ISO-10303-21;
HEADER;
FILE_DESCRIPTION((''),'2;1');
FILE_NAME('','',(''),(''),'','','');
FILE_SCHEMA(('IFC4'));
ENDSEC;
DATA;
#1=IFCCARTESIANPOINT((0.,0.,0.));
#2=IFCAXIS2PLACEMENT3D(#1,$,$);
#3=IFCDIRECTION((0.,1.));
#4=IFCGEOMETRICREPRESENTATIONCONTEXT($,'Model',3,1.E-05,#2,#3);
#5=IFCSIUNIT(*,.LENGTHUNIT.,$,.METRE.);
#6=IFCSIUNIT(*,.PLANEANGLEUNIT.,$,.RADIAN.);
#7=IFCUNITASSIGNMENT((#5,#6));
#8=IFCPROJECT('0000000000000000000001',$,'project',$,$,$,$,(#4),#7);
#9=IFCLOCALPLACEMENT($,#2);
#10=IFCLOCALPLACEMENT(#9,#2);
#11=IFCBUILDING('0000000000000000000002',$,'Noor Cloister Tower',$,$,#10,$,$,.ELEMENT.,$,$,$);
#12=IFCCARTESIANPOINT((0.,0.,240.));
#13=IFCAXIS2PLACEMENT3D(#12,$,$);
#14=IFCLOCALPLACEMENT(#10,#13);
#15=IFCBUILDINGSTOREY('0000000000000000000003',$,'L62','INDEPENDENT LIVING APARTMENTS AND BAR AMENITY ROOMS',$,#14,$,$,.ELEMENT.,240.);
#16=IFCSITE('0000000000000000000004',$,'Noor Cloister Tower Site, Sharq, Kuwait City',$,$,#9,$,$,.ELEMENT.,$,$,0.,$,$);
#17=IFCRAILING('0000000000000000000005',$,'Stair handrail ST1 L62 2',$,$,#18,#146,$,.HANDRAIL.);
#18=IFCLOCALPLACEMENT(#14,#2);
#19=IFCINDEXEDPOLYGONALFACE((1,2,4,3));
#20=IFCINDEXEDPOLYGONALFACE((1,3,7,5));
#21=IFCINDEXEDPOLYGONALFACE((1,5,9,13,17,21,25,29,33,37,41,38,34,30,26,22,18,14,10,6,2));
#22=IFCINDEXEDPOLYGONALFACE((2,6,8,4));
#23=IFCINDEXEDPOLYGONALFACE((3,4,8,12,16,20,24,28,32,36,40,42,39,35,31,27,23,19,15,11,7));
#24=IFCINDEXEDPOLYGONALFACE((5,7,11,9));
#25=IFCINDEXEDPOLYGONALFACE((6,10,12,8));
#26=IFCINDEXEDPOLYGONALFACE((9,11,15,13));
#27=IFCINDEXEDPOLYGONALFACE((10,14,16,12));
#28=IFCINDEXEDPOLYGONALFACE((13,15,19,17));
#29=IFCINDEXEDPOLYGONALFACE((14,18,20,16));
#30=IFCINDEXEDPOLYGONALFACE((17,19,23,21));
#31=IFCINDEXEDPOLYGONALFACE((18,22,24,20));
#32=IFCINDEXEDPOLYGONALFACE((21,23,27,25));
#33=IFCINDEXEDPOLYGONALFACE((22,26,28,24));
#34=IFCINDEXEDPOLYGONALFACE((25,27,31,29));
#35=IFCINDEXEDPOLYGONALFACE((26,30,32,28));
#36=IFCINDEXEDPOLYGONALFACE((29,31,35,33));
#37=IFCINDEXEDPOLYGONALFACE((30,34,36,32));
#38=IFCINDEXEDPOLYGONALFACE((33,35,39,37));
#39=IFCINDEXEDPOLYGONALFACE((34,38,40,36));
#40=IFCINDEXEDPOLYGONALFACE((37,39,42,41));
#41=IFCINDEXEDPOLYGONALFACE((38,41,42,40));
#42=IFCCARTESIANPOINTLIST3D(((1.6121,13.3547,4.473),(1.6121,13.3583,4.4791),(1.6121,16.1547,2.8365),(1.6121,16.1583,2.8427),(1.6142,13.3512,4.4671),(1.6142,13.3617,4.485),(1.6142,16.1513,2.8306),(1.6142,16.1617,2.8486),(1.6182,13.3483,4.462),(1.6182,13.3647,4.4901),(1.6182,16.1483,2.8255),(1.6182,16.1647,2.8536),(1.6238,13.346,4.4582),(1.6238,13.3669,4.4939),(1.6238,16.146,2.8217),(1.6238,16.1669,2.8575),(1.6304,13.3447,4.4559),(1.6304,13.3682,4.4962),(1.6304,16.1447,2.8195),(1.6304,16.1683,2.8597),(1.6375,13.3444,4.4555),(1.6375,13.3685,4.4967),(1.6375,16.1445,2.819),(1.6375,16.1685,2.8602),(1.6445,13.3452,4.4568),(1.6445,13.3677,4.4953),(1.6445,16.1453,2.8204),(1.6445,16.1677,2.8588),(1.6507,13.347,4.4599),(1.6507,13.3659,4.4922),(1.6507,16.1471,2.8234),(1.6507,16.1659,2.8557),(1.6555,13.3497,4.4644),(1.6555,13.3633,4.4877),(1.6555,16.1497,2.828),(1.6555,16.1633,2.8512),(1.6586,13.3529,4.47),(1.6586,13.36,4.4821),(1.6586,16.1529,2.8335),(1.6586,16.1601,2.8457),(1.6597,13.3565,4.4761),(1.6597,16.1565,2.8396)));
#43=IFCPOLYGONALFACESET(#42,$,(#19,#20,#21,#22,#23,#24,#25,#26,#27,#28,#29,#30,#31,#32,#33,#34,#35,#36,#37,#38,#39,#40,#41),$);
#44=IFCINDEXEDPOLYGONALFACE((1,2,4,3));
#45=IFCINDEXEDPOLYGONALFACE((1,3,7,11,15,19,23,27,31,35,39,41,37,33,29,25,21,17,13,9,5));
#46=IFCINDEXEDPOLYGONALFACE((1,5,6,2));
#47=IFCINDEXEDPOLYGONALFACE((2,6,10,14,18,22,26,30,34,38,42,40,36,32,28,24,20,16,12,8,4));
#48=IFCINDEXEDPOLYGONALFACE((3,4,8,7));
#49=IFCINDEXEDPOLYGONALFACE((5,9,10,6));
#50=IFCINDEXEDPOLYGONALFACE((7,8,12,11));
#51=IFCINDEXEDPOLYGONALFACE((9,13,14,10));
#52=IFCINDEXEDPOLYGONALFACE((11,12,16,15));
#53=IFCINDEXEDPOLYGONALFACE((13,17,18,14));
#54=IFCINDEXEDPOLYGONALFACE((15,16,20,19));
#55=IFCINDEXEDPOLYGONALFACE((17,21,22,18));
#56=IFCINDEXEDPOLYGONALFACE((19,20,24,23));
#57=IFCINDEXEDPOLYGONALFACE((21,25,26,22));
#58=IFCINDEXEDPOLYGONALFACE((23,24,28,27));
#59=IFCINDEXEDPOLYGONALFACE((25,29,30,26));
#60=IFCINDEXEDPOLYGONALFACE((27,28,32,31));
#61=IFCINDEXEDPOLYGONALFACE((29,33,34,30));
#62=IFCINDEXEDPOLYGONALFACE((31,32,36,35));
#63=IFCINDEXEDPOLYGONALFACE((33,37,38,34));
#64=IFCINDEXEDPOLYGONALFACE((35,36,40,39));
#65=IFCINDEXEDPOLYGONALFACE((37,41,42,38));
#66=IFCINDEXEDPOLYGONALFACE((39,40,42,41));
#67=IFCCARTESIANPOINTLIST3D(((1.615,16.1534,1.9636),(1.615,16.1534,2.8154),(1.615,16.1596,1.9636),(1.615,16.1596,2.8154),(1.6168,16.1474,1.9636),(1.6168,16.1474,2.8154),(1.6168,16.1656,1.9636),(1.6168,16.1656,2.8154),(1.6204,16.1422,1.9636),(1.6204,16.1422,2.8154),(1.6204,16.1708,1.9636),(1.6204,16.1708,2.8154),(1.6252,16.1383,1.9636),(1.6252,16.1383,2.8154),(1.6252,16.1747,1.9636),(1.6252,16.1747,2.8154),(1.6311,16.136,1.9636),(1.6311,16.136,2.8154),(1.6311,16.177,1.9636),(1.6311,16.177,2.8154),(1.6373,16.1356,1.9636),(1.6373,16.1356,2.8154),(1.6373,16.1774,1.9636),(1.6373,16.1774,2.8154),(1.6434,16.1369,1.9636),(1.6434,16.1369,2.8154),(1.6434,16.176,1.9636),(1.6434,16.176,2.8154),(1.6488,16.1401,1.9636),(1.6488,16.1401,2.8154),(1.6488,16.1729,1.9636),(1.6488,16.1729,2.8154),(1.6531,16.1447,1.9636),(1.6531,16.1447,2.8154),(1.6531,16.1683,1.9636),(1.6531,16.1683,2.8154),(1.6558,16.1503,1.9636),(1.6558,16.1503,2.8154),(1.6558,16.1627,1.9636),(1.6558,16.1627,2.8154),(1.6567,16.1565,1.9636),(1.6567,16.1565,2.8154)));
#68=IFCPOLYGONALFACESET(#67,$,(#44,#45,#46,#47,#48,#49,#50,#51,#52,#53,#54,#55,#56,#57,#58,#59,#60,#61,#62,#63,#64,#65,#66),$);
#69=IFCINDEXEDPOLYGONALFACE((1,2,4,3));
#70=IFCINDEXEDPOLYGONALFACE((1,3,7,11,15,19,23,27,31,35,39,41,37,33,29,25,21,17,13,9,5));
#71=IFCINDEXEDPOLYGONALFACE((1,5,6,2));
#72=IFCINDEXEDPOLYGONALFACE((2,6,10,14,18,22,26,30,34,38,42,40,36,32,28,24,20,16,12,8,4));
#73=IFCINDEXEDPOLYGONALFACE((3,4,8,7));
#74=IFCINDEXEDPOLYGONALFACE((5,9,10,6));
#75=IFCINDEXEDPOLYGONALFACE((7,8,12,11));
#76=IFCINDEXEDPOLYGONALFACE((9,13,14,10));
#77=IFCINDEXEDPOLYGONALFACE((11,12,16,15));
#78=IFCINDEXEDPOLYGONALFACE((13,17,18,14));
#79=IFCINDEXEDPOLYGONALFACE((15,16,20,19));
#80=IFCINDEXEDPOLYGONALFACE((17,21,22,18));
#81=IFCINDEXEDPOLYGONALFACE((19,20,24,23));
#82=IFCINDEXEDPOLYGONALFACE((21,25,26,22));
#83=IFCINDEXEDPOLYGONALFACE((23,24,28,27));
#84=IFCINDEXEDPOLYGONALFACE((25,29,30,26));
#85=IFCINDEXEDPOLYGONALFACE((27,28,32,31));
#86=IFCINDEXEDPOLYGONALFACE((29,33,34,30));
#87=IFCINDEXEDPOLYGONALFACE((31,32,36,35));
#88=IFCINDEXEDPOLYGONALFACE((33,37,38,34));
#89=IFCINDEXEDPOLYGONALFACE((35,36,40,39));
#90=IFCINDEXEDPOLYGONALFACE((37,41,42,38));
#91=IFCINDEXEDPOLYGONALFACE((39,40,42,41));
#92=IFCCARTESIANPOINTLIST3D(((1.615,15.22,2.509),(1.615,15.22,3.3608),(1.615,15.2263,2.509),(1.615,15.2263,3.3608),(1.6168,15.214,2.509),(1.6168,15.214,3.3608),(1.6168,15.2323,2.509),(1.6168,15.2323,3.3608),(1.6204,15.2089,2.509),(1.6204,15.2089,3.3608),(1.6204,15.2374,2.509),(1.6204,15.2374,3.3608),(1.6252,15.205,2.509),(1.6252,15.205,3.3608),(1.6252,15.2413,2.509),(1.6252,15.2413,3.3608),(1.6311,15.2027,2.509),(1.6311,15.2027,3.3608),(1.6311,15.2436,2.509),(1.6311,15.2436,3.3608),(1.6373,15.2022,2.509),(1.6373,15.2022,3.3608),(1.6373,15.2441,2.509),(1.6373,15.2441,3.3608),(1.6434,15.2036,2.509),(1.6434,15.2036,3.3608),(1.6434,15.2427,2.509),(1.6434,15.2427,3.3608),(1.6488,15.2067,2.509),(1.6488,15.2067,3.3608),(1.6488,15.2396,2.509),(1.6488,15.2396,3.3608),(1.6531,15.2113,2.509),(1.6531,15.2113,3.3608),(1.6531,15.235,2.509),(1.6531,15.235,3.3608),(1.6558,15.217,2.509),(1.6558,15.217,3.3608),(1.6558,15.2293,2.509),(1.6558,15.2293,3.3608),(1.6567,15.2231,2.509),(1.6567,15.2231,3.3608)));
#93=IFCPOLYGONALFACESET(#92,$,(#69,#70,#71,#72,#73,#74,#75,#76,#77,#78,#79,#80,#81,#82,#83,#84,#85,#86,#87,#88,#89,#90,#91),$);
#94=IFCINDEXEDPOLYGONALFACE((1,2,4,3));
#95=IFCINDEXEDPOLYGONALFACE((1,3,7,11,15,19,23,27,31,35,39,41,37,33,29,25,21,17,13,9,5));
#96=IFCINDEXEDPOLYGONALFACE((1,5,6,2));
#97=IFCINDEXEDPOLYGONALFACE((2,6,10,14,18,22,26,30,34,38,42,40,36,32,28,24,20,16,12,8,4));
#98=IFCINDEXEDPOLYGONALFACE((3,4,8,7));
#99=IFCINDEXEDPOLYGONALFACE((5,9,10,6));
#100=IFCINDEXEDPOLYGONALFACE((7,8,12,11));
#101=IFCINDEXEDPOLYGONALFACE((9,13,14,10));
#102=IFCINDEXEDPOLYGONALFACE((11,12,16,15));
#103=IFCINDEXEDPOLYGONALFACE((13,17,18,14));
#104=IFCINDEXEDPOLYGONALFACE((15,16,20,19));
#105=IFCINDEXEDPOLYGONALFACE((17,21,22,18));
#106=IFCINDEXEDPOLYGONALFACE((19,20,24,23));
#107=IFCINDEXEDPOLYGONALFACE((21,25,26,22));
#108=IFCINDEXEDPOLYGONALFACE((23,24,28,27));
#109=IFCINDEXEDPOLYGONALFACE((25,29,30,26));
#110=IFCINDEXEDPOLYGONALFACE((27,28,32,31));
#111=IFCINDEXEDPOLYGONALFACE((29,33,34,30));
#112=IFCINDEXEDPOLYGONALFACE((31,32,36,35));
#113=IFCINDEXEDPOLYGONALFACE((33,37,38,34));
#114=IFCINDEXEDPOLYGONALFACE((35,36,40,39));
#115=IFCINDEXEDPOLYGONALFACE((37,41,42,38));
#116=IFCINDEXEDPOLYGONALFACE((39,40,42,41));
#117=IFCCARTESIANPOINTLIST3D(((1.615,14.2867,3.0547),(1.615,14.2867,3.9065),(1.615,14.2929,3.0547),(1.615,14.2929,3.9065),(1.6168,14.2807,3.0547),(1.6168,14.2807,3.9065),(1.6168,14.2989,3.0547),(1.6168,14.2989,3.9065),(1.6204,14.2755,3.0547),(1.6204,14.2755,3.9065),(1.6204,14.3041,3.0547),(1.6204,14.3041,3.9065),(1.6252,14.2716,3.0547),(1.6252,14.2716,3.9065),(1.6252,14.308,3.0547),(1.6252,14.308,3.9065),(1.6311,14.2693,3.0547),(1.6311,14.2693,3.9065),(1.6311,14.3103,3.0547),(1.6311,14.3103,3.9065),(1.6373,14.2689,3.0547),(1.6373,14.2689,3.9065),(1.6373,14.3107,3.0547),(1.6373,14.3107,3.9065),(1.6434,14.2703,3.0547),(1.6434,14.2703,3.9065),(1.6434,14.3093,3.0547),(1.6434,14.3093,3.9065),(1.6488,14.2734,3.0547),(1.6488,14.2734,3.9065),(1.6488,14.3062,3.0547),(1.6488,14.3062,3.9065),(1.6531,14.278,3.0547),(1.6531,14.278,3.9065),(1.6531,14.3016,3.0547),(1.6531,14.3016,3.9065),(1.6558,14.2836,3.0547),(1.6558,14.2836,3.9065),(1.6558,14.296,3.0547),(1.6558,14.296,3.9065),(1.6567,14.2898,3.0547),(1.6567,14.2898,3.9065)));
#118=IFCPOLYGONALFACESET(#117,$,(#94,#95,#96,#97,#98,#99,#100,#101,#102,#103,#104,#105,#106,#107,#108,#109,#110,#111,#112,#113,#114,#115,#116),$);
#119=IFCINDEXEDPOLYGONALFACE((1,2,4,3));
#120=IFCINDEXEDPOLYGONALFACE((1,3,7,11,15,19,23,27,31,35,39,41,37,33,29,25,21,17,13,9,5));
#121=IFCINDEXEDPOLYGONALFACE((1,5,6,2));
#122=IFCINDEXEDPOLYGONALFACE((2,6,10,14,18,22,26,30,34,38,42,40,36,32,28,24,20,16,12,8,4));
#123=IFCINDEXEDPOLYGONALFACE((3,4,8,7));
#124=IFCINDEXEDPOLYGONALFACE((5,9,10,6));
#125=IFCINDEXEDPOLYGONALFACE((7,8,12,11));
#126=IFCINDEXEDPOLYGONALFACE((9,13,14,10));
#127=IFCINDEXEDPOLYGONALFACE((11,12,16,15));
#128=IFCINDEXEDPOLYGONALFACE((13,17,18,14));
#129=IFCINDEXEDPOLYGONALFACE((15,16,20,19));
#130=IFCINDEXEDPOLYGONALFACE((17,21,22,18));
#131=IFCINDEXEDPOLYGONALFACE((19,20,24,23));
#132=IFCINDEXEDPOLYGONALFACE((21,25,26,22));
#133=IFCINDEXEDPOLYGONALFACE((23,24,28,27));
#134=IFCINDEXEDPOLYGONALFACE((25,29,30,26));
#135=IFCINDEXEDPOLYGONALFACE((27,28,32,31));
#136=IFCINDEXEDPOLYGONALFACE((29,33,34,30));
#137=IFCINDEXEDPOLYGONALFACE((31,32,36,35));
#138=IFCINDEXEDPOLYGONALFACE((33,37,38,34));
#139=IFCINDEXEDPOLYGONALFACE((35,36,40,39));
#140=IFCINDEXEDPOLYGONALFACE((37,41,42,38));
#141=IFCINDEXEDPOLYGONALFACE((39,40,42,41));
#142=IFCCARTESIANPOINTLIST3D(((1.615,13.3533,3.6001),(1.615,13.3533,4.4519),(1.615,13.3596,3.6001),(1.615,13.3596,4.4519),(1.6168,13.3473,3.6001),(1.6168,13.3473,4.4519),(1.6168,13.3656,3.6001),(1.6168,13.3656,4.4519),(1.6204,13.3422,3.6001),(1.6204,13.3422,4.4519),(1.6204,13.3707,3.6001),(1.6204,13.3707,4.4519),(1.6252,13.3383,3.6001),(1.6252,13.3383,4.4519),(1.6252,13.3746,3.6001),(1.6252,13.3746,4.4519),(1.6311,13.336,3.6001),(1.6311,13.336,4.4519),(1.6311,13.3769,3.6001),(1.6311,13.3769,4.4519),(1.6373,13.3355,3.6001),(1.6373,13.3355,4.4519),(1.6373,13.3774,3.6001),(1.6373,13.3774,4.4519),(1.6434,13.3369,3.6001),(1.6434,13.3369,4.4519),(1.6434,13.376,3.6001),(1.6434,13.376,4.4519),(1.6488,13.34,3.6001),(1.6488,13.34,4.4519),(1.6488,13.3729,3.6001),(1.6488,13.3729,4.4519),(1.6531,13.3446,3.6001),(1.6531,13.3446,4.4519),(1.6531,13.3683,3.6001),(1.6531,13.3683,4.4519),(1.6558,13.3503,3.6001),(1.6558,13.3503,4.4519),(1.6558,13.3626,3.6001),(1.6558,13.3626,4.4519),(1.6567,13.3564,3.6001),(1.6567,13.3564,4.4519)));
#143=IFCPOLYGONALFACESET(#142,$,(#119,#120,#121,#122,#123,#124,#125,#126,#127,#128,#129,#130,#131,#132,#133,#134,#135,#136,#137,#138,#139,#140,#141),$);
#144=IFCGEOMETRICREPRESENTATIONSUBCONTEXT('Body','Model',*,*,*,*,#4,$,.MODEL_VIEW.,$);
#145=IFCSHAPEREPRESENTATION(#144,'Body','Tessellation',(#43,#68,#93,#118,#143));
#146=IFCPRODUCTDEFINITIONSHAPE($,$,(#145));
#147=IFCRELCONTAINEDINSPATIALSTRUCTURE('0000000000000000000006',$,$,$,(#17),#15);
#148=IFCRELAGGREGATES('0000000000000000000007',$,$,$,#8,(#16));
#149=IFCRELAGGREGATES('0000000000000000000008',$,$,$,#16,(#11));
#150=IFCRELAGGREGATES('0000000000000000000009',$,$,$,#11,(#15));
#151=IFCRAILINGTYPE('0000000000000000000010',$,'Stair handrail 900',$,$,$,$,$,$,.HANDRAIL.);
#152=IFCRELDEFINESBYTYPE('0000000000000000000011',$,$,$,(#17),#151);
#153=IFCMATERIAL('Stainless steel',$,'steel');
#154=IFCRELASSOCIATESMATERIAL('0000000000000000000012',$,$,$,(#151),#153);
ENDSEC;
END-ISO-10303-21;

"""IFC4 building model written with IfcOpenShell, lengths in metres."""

from ifc_helpers import new_model, si_unit, direction, frame, origin, origin_2d, place, context, subcontext, project, spatial, circle, extrude, material, type_object, element, save


model = new_model("IFC4")

# Units and contexts
model_context = context("Model", 3, precision=1e-05, world=origin(), true_north=direction((0.0, 1.0)))
body_context = subcontext(model_context, "Body", "Model", "MODEL_VIEW")
ifc_project = project(units=[si_unit("LENGTHUNIT", "METRE"), si_unit("PLANEANGLEUNIT", "RADIAN")], contexts=[model_context])

# Site, building, storey
site_placement = place(None, origin())
site = spatial("IfcSite", under=ifc_project, at=site_placement, Name="Noor Cloister Tower Site, Sharq, Kuwait City", CompositionType="ELEMENT", RefElevation=0.0)
building_placement = place(site_placement, origin())
building = spatial("IfcBuilding", under=site, at=building_placement, Name="Noor Cloister Tower", CompositionType="ELEMENT")
storey_placement = place(building_placement, frame((0.0, 0.0, 240.0)))
storey = spatial("IfcBuildingStorey", under=building, at=storey_placement, Name="L62", Description="INDEPENDENT LIVING APARTMENTS AND BAR AMENITY ROOMS", CompositionType="ELEMENT", Elevation=240.0)

# Railing
ifc_material_1 = material(Name="Stainless steel", Category="steel")
railing_type_1 = type_object("IfcRailingType", Name="Stair handrail 900", PredefinedType="HANDRAIL", material=ifc_material_1)
railing_1_placement = place(storey_placement, frame((1.6357, 16.1565, 1.9636)))
element("IfcRailing", 1, at=railing_1_placement, inside=storey, type_object=railing_type_1, Name="Stair handrail ST1 L62 2", PredefinedType="HANDRAIL", context=body_context, shape_type="SweptSolid", body=[
    extrude(circle(Radius=0.0239, at=origin_2d()), frame((0.0, 0.0, 0.876), z_axis=(0.0, -0.863361, 0.504587), x_axis=(1.0, 0.0, 0.0)), (0.0, 0.0, 1.0), 3.2432),
    extrude(circle(Radius=0.021, at=origin_2d()), origin(), (0.0, 0.0, 1.0), 0.8518),
    extrude(circle(Radius=0.021, at=origin_2d()), frame((0.0, -0.9333, 0.5454)), (0.0, 0.0, 1.0), 0.8518),
    extrude(circle(Radius=0.021, at=origin_2d()), frame((0.0, -1.8667, 1.0911)), (0.0, 0.0, 1.0), 0.8518),
    extrude(circle(Radius=0.021, at=origin_2d()), frame((0.0, -2.8, 1.6365)), (0.0, 0.0, 1.0), 0.8518),
])

save(model, "model.ifc")
